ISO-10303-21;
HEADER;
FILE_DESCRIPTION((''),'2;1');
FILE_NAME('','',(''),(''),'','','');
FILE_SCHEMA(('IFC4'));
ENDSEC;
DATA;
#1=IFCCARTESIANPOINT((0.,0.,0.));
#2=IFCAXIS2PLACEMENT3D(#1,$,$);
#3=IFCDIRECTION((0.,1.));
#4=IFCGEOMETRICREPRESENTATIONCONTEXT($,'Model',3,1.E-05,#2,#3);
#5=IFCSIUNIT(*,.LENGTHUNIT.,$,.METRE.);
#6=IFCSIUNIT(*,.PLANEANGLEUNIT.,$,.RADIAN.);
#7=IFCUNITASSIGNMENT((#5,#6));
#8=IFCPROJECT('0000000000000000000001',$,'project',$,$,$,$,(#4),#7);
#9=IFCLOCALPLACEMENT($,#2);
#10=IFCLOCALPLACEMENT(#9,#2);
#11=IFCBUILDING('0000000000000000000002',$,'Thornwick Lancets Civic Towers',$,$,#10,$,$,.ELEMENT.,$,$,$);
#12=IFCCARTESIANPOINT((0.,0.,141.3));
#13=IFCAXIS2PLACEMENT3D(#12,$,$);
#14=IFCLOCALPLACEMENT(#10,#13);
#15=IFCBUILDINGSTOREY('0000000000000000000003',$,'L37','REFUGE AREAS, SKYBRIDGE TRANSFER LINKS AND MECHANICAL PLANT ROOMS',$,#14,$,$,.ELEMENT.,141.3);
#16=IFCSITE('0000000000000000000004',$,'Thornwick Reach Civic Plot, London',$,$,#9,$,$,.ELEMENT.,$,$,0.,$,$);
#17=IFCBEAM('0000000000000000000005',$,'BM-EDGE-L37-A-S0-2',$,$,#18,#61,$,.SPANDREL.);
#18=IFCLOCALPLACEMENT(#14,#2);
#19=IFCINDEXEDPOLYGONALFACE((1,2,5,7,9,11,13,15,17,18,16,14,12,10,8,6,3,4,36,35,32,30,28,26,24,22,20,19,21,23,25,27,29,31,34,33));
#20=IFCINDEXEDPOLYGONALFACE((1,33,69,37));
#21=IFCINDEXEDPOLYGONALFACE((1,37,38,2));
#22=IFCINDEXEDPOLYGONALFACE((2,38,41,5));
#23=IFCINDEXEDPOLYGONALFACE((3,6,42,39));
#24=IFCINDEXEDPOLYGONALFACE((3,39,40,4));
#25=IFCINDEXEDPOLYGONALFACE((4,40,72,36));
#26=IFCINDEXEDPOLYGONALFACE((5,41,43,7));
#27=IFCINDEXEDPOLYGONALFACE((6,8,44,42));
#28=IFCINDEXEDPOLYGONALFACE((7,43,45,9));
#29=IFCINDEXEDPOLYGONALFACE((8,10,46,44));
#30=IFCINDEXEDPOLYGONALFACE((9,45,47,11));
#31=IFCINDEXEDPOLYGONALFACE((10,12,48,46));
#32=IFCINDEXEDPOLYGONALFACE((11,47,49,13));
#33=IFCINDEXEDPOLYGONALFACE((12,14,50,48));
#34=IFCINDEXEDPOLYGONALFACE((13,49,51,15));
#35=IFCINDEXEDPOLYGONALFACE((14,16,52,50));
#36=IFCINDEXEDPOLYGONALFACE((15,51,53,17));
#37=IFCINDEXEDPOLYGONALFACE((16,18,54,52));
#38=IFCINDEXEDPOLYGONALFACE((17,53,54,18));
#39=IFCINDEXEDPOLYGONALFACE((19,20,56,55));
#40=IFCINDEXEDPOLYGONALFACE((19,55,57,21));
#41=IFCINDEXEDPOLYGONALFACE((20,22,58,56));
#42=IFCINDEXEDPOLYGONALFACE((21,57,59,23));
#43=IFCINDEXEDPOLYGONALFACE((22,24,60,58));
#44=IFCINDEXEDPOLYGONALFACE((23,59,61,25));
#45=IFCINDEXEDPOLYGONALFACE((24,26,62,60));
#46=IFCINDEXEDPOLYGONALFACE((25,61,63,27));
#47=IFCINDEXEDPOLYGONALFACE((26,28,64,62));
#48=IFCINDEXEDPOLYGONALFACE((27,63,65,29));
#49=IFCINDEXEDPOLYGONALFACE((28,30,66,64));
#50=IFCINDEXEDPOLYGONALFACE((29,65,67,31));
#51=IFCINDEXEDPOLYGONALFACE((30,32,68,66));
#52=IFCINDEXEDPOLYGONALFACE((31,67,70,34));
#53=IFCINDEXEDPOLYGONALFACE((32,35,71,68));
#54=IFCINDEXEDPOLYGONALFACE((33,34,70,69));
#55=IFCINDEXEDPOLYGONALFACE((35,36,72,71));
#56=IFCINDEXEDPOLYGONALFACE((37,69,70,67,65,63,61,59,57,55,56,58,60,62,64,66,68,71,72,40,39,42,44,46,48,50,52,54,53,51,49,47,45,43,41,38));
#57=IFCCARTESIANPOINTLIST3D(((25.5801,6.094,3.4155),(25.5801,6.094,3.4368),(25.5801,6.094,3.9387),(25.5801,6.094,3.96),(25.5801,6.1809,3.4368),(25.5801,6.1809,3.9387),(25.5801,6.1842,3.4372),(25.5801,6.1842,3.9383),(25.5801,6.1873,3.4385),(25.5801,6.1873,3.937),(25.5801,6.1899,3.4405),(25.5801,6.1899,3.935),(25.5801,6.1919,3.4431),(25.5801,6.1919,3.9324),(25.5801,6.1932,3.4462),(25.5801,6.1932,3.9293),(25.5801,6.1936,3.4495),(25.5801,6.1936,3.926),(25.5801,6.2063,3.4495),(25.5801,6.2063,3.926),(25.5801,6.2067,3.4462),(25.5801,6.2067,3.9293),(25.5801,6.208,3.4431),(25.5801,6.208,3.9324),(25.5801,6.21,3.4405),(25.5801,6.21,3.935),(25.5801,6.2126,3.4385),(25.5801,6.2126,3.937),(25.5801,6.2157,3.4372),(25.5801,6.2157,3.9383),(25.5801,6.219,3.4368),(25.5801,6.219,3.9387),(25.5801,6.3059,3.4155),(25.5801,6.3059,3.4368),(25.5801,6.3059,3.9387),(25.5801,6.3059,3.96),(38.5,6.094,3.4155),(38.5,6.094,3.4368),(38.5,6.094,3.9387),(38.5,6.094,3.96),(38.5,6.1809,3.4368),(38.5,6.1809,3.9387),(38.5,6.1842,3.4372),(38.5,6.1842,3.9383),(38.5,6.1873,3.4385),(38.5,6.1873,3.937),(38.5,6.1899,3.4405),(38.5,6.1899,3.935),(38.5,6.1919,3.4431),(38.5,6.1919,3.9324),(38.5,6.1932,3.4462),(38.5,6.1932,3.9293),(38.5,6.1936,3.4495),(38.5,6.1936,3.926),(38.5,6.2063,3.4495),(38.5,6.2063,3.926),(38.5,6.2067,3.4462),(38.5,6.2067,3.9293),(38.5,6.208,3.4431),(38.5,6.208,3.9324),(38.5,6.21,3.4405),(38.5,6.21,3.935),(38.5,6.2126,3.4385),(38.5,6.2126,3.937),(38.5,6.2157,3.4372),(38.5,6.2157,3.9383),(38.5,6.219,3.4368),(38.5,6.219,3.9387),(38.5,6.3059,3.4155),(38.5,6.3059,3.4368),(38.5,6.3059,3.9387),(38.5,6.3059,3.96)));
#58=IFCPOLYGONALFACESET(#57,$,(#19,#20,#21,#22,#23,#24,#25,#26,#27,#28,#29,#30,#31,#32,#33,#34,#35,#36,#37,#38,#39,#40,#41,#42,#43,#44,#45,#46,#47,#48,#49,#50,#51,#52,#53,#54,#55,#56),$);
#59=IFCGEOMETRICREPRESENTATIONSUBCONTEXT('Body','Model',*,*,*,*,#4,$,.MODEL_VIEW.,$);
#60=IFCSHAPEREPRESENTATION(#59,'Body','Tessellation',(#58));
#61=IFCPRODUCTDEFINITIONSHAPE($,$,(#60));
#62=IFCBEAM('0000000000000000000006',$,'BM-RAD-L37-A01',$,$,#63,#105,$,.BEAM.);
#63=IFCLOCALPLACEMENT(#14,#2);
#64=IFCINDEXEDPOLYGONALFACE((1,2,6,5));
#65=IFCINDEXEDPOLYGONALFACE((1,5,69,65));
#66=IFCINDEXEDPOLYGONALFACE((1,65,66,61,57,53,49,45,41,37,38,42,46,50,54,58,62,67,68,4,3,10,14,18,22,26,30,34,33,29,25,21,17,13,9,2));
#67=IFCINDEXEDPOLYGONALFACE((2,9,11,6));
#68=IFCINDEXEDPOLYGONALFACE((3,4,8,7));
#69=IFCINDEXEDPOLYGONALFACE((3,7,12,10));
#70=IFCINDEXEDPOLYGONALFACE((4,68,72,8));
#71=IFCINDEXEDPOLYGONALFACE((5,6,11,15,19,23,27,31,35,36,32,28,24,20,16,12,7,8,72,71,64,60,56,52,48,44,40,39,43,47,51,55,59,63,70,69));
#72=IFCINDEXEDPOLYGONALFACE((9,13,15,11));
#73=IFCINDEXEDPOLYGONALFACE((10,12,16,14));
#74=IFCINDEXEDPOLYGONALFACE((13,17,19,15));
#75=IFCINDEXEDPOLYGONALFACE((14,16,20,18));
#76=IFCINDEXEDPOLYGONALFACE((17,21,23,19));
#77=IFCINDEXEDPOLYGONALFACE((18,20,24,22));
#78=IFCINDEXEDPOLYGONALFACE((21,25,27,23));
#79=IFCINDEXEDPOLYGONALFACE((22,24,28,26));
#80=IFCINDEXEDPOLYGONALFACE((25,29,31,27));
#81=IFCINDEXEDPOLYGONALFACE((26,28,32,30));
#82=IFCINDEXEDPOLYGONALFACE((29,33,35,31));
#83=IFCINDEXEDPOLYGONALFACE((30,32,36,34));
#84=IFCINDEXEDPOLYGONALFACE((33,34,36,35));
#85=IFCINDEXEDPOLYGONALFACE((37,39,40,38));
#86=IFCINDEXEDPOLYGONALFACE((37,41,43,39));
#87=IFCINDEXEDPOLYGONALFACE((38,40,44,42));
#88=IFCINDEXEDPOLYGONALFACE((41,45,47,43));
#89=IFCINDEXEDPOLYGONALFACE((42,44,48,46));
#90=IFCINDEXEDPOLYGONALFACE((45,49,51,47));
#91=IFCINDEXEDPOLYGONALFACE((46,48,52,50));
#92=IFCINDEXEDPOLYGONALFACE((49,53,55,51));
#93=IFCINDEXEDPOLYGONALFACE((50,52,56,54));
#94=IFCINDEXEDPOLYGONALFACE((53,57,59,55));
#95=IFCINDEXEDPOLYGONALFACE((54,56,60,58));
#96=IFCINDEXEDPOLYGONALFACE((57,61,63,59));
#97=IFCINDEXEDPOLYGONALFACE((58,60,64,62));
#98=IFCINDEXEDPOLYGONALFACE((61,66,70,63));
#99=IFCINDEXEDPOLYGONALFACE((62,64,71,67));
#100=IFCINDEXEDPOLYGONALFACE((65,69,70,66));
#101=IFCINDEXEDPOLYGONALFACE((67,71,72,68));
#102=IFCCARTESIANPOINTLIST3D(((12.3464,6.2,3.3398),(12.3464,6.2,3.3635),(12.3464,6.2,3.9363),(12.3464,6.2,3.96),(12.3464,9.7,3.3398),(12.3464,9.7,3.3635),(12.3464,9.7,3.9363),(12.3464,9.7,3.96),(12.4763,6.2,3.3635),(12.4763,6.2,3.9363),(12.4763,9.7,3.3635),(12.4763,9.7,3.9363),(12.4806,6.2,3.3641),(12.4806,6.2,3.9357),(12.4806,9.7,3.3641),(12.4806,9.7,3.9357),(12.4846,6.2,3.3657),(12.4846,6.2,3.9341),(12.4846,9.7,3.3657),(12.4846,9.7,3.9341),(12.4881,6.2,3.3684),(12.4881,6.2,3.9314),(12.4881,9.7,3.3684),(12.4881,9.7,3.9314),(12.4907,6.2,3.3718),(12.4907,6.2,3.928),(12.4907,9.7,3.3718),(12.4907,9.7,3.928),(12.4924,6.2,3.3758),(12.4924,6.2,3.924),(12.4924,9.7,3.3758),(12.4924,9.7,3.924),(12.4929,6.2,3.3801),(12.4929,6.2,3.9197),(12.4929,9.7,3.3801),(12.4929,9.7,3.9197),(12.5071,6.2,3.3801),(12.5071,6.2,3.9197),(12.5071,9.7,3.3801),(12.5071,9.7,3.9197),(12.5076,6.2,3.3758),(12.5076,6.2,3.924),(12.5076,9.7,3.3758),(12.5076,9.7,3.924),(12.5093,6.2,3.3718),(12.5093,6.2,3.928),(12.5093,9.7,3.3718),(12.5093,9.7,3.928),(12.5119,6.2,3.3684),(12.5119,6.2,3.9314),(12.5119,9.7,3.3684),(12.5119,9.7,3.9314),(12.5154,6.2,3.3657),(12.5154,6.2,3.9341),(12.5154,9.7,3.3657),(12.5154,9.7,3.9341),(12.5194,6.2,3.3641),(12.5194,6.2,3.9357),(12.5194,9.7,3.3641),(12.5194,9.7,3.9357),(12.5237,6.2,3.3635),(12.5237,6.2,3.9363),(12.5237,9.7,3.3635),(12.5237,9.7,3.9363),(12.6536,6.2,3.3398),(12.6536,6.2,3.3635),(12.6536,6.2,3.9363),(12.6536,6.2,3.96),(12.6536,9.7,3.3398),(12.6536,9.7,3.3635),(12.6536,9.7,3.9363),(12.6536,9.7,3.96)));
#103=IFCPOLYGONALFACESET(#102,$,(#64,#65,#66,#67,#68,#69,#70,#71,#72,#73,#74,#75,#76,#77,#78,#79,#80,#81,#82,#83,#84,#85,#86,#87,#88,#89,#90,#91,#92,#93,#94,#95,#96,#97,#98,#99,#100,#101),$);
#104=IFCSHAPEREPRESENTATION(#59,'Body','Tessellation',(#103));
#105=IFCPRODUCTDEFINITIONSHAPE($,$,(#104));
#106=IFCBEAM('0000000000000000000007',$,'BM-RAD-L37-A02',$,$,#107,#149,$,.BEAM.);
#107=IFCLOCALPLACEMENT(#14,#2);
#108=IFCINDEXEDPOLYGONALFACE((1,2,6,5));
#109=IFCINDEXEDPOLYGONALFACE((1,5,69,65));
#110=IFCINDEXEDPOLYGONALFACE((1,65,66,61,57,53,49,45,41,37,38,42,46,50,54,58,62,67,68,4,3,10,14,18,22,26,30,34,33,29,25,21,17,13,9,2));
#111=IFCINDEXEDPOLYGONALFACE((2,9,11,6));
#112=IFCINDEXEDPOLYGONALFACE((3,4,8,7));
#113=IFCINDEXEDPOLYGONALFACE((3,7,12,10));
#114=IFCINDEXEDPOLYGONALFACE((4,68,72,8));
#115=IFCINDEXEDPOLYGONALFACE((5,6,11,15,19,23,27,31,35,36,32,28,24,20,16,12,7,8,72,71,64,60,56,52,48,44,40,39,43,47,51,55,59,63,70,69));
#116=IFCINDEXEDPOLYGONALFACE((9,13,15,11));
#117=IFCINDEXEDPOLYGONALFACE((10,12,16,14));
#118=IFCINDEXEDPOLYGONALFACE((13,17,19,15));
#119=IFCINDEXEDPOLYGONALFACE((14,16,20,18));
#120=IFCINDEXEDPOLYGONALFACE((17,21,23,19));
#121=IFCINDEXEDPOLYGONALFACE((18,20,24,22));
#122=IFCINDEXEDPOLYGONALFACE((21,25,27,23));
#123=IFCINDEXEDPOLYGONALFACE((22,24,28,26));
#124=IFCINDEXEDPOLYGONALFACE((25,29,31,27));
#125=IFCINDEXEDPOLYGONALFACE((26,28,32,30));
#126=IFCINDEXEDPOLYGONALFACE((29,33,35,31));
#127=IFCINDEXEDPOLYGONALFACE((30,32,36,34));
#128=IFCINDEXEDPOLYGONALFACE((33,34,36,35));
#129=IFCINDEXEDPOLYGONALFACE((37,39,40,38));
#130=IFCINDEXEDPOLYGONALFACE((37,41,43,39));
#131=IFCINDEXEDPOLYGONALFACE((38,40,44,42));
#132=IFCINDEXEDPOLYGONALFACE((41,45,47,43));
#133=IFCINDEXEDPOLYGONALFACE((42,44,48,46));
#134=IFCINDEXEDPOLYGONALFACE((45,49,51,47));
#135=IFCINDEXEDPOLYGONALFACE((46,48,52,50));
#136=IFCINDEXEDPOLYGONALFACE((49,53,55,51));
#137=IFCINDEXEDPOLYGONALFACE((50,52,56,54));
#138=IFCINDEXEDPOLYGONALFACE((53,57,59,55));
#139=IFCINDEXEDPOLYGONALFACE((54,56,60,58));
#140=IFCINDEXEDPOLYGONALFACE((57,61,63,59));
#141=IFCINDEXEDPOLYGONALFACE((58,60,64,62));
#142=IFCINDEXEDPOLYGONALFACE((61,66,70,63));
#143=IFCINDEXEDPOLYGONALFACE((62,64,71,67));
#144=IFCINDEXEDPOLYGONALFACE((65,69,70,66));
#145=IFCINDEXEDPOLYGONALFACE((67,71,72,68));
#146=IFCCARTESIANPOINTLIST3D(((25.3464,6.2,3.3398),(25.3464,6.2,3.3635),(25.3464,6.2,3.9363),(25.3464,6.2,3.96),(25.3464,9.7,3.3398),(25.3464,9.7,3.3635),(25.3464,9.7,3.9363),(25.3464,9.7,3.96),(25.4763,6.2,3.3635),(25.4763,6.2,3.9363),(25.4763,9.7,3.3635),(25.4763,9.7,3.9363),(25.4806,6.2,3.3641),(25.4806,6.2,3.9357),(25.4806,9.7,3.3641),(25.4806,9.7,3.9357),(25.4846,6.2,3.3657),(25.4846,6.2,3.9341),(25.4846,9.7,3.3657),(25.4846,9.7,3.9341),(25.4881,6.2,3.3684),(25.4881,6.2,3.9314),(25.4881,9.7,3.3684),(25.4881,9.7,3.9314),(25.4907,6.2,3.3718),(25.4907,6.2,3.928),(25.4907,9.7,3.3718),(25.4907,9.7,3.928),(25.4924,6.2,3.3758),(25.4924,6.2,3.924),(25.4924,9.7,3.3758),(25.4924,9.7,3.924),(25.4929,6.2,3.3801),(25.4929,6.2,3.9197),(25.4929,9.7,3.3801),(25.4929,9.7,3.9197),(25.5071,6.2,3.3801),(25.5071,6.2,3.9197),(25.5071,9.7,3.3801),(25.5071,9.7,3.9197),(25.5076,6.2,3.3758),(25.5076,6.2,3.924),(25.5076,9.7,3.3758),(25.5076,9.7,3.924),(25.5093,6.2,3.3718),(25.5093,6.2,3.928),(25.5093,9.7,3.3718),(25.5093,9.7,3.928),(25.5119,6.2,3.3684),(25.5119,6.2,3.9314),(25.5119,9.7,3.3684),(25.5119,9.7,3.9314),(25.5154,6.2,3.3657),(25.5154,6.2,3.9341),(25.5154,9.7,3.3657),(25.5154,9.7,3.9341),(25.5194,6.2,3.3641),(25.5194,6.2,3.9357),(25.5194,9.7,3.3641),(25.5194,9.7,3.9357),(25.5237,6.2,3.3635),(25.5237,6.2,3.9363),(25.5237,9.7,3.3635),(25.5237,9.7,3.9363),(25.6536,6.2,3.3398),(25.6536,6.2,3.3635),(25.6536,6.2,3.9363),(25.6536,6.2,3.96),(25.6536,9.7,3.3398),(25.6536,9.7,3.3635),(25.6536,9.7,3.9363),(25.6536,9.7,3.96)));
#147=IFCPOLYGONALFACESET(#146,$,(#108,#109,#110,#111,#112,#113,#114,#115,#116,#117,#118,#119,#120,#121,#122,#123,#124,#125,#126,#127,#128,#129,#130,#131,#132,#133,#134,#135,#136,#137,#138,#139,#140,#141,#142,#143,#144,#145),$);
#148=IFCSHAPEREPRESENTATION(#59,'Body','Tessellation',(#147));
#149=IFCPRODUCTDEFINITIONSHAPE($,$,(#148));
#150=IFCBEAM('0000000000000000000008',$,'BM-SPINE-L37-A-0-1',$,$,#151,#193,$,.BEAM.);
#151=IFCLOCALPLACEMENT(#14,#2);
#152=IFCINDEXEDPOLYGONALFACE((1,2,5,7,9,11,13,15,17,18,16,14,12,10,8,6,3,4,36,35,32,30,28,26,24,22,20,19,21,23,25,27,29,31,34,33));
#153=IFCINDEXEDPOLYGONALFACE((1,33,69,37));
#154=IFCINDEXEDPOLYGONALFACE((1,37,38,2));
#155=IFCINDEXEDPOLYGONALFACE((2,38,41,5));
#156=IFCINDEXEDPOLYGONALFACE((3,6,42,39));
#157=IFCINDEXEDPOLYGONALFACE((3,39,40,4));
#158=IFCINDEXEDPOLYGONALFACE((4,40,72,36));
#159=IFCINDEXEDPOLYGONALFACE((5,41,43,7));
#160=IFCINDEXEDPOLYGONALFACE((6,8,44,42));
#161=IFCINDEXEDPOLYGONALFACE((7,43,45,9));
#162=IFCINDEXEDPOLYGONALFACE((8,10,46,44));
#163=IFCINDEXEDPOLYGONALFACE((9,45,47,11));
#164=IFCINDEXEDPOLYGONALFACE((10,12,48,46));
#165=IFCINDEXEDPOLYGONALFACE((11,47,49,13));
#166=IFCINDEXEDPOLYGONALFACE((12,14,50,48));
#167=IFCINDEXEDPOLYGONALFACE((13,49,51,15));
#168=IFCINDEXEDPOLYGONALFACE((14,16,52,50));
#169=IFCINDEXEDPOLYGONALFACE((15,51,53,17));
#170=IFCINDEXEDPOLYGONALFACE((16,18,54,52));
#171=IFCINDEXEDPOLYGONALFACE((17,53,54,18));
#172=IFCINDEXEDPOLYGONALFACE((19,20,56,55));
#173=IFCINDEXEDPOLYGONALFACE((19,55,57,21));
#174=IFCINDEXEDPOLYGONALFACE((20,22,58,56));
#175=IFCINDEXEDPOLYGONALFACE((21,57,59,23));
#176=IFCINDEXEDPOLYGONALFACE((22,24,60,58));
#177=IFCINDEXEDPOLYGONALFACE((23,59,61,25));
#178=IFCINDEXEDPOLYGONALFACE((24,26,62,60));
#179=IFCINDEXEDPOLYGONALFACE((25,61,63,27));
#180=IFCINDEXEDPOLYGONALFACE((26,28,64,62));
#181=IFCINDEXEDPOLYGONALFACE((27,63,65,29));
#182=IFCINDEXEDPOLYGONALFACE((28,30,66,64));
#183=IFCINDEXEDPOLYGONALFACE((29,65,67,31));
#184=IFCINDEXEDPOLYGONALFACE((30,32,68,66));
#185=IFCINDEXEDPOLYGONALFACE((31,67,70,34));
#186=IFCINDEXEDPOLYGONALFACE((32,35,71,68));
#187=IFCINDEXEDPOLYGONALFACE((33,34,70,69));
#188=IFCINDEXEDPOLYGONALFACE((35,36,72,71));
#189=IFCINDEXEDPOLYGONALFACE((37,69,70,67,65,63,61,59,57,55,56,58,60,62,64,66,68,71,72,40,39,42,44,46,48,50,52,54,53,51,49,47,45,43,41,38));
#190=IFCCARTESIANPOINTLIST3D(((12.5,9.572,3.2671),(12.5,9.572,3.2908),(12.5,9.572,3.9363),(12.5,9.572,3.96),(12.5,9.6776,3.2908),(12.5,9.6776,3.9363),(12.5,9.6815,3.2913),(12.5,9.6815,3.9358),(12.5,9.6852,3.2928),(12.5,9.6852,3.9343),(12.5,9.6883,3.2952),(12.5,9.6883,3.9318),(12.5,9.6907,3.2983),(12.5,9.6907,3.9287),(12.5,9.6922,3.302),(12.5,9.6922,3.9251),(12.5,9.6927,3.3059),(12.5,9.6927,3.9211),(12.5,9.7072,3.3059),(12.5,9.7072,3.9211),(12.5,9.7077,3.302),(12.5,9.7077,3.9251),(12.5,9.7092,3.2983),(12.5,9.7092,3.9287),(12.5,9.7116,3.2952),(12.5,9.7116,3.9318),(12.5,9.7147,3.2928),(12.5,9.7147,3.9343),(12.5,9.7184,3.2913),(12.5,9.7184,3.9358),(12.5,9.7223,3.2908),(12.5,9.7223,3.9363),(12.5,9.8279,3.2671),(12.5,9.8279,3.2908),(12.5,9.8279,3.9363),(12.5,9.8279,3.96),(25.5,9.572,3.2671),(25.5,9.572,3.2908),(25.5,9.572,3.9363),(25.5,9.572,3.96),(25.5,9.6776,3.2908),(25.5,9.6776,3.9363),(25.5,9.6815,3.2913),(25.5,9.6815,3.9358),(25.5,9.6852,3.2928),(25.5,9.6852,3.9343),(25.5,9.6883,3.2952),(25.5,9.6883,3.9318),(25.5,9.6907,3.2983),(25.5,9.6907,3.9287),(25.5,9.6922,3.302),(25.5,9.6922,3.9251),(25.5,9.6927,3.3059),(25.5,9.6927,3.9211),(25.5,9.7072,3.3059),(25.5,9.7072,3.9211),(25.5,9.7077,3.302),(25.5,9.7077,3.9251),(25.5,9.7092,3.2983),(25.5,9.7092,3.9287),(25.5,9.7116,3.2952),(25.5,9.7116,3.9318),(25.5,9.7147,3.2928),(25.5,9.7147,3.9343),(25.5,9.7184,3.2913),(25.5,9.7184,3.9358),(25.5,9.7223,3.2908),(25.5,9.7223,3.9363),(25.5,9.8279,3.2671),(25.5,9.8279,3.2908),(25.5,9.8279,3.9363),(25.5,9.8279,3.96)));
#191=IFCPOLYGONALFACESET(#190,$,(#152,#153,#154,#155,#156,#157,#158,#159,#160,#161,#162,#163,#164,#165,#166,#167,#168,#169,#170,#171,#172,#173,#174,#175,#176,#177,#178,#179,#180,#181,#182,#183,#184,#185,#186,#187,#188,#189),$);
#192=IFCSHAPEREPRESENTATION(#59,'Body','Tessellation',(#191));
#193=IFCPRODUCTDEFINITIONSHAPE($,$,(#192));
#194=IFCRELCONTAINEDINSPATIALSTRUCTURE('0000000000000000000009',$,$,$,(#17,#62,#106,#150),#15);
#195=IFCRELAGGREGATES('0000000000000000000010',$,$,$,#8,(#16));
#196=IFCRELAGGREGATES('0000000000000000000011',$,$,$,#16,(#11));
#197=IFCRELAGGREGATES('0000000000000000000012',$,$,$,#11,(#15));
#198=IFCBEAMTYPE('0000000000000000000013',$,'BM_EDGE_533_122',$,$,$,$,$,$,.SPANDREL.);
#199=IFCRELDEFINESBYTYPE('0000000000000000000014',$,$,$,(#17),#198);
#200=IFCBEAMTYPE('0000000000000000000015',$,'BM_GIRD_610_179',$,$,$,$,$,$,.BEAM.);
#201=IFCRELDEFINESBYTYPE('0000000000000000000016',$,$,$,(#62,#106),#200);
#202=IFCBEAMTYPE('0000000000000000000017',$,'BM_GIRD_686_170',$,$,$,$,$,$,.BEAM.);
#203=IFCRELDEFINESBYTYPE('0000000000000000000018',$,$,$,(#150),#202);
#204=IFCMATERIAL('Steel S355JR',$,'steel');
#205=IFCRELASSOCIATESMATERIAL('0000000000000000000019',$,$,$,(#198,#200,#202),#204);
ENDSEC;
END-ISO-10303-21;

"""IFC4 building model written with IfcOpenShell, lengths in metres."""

from ifc_helpers import new_model, si_unit, direction, frame, origin, origin_2d, place, context, subcontext, project, spatial, i_section, extrude, material, material_profile, profile_set, type_object, element, save


model = new_model("IFC4")

# Units and contexts
model_context = context("Model", 3, precision=1e-05, world=origin(), true_north=direction((0.0, 1.0)))
body_context = subcontext(model_context, "Body", "Model", "MODEL_VIEW")
ifc_project = project(units=[si_unit("LENGTHUNIT", "METRE"), si_unit("PLANEANGLEUNIT", "RADIAN")], contexts=[model_context])

# Site, building, storey
site_placement = place(None, origin())
site = spatial("IfcSite", under=ifc_project, at=site_placement, Name="Thornwick Reach Civic Plot, London", CompositionType="ELEMENT", RefElevation=0.0)
building_placement = place(site_placement, origin())
building = spatial("IfcBuilding", under=site, at=building_placement, Name="Thornwick Lancets Civic Towers", CompositionType="ELEMENT")
storey_placement = place(building_placement, frame((0.0, 0.0, 141.3)))
storey = spatial("IfcBuildingStorey", under=building, at=storey_placement, Name="L37", Description="REFUGE AREAS, SKYBRIDGE TRANSFER LINKS AND MECHANICAL PLANT ROOMS", CompositionType="ELEMENT", Elevation=141.3)

# Beams
ifc_material_1 = material(Name="Steel S355JR", Category="steel")
ifc_material_profile_1 = material_profile(ifc_material_1, i_section(OverallWidth=0.2119, OverallDepth=0.5444, WebThickness=0.0127, FlangeThickness=0.0212, FilletRadius=0.0127, at=origin_2d()), Name="UKB 533x210x122")
ifc_profile_set_1 = profile_set([ifc_material_profile_1], Name="Steel S355JR")
beam_type_1 = type_object("IfcBeamType", Name="BM_EDGE_533_122", PredefinedType="SPANDREL", material=ifc_profile_set_1)
beam_1_placement = place(storey_placement, frame((25.5801, 6.2, 3.6877), z_axis=(1.0, 0.0, 0.0), x_axis=(0.0, 1.0, 0.0)))
element("IfcBeam", 1, at=beam_1_placement, inside=storey, type_object=beam_type_1, Name="BM-EDGE-L37-A-S0-2", PredefinedType="SPANDREL", context=body_context, shape_type="SweptSolid", body=[
    extrude(i_section(OverallWidth=0.2119, OverallDepth=0.5444, WebThickness=0.0127, FlangeThickness=0.0212, FilletRadius=0.0127, at=origin_2d()), origin(), (0.0, 0.0, 1.0), 12.9199),
])
ifc_material_profile_2 = material_profile(ifc_material_1, i_section(OverallWidth=0.3071, OverallDepth=0.6201, WebThickness=0.0142, FlangeThickness=0.0237, FilletRadius=0.0166, at=origin_2d()), Name="UKB 610x305x179")
ifc_profile_set_2 = profile_set([ifc_material_profile_2], Name="Steel S355JR")
beam_type_2 = type_object("IfcBeamType", Name="BM_GIRD_610_179", PredefinedType="BEAM", material=ifc_profile_set_2)
for number, where, z_axis, x_axis, name in (
    (2, (12.5, 9.7, 3.6499), (0.0, -1.0, 0.0), (1.0, 0.0, 0.0), "BM-RAD-L37-A01"),
    (3, (25.5, 9.7, 3.6499), (0.0, -1.0, 0.0), (1.0, 0.0, 0.0), "BM-RAD-L37-A02"),
):
    element("IfcBeam", number, at=place(storey_placement, frame(where, z_axis=z_axis, x_axis=x_axis)), inside=storey, type_object=beam_type_2, Name=name, PredefinedType="BEAM", context=body_context, shape_type="SweptSolid", body=[
        extrude(i_section(OverallWidth=0.3071, OverallDepth=0.6201, WebThickness=0.0142, FlangeThickness=0.0237, FilletRadius=0.0166, at=origin_2d()), origin(), (0.0, 0.0, 1.0), 3.5),
    ])
ifc_material_profile_3 = material_profile(ifc_material_1, i_section(OverallWidth=0.2559, OverallDepth=0.6929, WebThickness=0.0144, FlangeThickness=0.0237, FilletRadius=0.0151, at=origin_2d()), Name="UKB 686x254x170")
ifc_profile_set_3 = profile_set([ifc_material_profile_3], Name="Steel S355JR")
beam_type_3 = type_object("IfcBeamType", Name="BM_GIRD_686_170", PredefinedType="BEAM", material=ifc_profile_set_3)
beam_2_placement = place(storey_placement, frame((12.5, 9.7, 3.6135), z_axis=(1.0, 0.0, 0.0), x_axis=(0.0, 1.0, 0.0)))
element("IfcBeam", 4, at=beam_2_placement, inside=storey, type_object=beam_type_3, Name="BM-SPINE-L37-A-0-1", PredefinedType="BEAM", context=body_context, shape_type="SweptSolid", body=[
    extrude(i_section(OverallWidth=0.2559, OverallDepth=0.6929, WebThickness=0.0144, FlangeThickness=0.0237, FilletRadius=0.0151, at=origin_2d()), origin(), (0.0, 0.0, 1.0), 13.0),
])

save(model, "model.ifc")
